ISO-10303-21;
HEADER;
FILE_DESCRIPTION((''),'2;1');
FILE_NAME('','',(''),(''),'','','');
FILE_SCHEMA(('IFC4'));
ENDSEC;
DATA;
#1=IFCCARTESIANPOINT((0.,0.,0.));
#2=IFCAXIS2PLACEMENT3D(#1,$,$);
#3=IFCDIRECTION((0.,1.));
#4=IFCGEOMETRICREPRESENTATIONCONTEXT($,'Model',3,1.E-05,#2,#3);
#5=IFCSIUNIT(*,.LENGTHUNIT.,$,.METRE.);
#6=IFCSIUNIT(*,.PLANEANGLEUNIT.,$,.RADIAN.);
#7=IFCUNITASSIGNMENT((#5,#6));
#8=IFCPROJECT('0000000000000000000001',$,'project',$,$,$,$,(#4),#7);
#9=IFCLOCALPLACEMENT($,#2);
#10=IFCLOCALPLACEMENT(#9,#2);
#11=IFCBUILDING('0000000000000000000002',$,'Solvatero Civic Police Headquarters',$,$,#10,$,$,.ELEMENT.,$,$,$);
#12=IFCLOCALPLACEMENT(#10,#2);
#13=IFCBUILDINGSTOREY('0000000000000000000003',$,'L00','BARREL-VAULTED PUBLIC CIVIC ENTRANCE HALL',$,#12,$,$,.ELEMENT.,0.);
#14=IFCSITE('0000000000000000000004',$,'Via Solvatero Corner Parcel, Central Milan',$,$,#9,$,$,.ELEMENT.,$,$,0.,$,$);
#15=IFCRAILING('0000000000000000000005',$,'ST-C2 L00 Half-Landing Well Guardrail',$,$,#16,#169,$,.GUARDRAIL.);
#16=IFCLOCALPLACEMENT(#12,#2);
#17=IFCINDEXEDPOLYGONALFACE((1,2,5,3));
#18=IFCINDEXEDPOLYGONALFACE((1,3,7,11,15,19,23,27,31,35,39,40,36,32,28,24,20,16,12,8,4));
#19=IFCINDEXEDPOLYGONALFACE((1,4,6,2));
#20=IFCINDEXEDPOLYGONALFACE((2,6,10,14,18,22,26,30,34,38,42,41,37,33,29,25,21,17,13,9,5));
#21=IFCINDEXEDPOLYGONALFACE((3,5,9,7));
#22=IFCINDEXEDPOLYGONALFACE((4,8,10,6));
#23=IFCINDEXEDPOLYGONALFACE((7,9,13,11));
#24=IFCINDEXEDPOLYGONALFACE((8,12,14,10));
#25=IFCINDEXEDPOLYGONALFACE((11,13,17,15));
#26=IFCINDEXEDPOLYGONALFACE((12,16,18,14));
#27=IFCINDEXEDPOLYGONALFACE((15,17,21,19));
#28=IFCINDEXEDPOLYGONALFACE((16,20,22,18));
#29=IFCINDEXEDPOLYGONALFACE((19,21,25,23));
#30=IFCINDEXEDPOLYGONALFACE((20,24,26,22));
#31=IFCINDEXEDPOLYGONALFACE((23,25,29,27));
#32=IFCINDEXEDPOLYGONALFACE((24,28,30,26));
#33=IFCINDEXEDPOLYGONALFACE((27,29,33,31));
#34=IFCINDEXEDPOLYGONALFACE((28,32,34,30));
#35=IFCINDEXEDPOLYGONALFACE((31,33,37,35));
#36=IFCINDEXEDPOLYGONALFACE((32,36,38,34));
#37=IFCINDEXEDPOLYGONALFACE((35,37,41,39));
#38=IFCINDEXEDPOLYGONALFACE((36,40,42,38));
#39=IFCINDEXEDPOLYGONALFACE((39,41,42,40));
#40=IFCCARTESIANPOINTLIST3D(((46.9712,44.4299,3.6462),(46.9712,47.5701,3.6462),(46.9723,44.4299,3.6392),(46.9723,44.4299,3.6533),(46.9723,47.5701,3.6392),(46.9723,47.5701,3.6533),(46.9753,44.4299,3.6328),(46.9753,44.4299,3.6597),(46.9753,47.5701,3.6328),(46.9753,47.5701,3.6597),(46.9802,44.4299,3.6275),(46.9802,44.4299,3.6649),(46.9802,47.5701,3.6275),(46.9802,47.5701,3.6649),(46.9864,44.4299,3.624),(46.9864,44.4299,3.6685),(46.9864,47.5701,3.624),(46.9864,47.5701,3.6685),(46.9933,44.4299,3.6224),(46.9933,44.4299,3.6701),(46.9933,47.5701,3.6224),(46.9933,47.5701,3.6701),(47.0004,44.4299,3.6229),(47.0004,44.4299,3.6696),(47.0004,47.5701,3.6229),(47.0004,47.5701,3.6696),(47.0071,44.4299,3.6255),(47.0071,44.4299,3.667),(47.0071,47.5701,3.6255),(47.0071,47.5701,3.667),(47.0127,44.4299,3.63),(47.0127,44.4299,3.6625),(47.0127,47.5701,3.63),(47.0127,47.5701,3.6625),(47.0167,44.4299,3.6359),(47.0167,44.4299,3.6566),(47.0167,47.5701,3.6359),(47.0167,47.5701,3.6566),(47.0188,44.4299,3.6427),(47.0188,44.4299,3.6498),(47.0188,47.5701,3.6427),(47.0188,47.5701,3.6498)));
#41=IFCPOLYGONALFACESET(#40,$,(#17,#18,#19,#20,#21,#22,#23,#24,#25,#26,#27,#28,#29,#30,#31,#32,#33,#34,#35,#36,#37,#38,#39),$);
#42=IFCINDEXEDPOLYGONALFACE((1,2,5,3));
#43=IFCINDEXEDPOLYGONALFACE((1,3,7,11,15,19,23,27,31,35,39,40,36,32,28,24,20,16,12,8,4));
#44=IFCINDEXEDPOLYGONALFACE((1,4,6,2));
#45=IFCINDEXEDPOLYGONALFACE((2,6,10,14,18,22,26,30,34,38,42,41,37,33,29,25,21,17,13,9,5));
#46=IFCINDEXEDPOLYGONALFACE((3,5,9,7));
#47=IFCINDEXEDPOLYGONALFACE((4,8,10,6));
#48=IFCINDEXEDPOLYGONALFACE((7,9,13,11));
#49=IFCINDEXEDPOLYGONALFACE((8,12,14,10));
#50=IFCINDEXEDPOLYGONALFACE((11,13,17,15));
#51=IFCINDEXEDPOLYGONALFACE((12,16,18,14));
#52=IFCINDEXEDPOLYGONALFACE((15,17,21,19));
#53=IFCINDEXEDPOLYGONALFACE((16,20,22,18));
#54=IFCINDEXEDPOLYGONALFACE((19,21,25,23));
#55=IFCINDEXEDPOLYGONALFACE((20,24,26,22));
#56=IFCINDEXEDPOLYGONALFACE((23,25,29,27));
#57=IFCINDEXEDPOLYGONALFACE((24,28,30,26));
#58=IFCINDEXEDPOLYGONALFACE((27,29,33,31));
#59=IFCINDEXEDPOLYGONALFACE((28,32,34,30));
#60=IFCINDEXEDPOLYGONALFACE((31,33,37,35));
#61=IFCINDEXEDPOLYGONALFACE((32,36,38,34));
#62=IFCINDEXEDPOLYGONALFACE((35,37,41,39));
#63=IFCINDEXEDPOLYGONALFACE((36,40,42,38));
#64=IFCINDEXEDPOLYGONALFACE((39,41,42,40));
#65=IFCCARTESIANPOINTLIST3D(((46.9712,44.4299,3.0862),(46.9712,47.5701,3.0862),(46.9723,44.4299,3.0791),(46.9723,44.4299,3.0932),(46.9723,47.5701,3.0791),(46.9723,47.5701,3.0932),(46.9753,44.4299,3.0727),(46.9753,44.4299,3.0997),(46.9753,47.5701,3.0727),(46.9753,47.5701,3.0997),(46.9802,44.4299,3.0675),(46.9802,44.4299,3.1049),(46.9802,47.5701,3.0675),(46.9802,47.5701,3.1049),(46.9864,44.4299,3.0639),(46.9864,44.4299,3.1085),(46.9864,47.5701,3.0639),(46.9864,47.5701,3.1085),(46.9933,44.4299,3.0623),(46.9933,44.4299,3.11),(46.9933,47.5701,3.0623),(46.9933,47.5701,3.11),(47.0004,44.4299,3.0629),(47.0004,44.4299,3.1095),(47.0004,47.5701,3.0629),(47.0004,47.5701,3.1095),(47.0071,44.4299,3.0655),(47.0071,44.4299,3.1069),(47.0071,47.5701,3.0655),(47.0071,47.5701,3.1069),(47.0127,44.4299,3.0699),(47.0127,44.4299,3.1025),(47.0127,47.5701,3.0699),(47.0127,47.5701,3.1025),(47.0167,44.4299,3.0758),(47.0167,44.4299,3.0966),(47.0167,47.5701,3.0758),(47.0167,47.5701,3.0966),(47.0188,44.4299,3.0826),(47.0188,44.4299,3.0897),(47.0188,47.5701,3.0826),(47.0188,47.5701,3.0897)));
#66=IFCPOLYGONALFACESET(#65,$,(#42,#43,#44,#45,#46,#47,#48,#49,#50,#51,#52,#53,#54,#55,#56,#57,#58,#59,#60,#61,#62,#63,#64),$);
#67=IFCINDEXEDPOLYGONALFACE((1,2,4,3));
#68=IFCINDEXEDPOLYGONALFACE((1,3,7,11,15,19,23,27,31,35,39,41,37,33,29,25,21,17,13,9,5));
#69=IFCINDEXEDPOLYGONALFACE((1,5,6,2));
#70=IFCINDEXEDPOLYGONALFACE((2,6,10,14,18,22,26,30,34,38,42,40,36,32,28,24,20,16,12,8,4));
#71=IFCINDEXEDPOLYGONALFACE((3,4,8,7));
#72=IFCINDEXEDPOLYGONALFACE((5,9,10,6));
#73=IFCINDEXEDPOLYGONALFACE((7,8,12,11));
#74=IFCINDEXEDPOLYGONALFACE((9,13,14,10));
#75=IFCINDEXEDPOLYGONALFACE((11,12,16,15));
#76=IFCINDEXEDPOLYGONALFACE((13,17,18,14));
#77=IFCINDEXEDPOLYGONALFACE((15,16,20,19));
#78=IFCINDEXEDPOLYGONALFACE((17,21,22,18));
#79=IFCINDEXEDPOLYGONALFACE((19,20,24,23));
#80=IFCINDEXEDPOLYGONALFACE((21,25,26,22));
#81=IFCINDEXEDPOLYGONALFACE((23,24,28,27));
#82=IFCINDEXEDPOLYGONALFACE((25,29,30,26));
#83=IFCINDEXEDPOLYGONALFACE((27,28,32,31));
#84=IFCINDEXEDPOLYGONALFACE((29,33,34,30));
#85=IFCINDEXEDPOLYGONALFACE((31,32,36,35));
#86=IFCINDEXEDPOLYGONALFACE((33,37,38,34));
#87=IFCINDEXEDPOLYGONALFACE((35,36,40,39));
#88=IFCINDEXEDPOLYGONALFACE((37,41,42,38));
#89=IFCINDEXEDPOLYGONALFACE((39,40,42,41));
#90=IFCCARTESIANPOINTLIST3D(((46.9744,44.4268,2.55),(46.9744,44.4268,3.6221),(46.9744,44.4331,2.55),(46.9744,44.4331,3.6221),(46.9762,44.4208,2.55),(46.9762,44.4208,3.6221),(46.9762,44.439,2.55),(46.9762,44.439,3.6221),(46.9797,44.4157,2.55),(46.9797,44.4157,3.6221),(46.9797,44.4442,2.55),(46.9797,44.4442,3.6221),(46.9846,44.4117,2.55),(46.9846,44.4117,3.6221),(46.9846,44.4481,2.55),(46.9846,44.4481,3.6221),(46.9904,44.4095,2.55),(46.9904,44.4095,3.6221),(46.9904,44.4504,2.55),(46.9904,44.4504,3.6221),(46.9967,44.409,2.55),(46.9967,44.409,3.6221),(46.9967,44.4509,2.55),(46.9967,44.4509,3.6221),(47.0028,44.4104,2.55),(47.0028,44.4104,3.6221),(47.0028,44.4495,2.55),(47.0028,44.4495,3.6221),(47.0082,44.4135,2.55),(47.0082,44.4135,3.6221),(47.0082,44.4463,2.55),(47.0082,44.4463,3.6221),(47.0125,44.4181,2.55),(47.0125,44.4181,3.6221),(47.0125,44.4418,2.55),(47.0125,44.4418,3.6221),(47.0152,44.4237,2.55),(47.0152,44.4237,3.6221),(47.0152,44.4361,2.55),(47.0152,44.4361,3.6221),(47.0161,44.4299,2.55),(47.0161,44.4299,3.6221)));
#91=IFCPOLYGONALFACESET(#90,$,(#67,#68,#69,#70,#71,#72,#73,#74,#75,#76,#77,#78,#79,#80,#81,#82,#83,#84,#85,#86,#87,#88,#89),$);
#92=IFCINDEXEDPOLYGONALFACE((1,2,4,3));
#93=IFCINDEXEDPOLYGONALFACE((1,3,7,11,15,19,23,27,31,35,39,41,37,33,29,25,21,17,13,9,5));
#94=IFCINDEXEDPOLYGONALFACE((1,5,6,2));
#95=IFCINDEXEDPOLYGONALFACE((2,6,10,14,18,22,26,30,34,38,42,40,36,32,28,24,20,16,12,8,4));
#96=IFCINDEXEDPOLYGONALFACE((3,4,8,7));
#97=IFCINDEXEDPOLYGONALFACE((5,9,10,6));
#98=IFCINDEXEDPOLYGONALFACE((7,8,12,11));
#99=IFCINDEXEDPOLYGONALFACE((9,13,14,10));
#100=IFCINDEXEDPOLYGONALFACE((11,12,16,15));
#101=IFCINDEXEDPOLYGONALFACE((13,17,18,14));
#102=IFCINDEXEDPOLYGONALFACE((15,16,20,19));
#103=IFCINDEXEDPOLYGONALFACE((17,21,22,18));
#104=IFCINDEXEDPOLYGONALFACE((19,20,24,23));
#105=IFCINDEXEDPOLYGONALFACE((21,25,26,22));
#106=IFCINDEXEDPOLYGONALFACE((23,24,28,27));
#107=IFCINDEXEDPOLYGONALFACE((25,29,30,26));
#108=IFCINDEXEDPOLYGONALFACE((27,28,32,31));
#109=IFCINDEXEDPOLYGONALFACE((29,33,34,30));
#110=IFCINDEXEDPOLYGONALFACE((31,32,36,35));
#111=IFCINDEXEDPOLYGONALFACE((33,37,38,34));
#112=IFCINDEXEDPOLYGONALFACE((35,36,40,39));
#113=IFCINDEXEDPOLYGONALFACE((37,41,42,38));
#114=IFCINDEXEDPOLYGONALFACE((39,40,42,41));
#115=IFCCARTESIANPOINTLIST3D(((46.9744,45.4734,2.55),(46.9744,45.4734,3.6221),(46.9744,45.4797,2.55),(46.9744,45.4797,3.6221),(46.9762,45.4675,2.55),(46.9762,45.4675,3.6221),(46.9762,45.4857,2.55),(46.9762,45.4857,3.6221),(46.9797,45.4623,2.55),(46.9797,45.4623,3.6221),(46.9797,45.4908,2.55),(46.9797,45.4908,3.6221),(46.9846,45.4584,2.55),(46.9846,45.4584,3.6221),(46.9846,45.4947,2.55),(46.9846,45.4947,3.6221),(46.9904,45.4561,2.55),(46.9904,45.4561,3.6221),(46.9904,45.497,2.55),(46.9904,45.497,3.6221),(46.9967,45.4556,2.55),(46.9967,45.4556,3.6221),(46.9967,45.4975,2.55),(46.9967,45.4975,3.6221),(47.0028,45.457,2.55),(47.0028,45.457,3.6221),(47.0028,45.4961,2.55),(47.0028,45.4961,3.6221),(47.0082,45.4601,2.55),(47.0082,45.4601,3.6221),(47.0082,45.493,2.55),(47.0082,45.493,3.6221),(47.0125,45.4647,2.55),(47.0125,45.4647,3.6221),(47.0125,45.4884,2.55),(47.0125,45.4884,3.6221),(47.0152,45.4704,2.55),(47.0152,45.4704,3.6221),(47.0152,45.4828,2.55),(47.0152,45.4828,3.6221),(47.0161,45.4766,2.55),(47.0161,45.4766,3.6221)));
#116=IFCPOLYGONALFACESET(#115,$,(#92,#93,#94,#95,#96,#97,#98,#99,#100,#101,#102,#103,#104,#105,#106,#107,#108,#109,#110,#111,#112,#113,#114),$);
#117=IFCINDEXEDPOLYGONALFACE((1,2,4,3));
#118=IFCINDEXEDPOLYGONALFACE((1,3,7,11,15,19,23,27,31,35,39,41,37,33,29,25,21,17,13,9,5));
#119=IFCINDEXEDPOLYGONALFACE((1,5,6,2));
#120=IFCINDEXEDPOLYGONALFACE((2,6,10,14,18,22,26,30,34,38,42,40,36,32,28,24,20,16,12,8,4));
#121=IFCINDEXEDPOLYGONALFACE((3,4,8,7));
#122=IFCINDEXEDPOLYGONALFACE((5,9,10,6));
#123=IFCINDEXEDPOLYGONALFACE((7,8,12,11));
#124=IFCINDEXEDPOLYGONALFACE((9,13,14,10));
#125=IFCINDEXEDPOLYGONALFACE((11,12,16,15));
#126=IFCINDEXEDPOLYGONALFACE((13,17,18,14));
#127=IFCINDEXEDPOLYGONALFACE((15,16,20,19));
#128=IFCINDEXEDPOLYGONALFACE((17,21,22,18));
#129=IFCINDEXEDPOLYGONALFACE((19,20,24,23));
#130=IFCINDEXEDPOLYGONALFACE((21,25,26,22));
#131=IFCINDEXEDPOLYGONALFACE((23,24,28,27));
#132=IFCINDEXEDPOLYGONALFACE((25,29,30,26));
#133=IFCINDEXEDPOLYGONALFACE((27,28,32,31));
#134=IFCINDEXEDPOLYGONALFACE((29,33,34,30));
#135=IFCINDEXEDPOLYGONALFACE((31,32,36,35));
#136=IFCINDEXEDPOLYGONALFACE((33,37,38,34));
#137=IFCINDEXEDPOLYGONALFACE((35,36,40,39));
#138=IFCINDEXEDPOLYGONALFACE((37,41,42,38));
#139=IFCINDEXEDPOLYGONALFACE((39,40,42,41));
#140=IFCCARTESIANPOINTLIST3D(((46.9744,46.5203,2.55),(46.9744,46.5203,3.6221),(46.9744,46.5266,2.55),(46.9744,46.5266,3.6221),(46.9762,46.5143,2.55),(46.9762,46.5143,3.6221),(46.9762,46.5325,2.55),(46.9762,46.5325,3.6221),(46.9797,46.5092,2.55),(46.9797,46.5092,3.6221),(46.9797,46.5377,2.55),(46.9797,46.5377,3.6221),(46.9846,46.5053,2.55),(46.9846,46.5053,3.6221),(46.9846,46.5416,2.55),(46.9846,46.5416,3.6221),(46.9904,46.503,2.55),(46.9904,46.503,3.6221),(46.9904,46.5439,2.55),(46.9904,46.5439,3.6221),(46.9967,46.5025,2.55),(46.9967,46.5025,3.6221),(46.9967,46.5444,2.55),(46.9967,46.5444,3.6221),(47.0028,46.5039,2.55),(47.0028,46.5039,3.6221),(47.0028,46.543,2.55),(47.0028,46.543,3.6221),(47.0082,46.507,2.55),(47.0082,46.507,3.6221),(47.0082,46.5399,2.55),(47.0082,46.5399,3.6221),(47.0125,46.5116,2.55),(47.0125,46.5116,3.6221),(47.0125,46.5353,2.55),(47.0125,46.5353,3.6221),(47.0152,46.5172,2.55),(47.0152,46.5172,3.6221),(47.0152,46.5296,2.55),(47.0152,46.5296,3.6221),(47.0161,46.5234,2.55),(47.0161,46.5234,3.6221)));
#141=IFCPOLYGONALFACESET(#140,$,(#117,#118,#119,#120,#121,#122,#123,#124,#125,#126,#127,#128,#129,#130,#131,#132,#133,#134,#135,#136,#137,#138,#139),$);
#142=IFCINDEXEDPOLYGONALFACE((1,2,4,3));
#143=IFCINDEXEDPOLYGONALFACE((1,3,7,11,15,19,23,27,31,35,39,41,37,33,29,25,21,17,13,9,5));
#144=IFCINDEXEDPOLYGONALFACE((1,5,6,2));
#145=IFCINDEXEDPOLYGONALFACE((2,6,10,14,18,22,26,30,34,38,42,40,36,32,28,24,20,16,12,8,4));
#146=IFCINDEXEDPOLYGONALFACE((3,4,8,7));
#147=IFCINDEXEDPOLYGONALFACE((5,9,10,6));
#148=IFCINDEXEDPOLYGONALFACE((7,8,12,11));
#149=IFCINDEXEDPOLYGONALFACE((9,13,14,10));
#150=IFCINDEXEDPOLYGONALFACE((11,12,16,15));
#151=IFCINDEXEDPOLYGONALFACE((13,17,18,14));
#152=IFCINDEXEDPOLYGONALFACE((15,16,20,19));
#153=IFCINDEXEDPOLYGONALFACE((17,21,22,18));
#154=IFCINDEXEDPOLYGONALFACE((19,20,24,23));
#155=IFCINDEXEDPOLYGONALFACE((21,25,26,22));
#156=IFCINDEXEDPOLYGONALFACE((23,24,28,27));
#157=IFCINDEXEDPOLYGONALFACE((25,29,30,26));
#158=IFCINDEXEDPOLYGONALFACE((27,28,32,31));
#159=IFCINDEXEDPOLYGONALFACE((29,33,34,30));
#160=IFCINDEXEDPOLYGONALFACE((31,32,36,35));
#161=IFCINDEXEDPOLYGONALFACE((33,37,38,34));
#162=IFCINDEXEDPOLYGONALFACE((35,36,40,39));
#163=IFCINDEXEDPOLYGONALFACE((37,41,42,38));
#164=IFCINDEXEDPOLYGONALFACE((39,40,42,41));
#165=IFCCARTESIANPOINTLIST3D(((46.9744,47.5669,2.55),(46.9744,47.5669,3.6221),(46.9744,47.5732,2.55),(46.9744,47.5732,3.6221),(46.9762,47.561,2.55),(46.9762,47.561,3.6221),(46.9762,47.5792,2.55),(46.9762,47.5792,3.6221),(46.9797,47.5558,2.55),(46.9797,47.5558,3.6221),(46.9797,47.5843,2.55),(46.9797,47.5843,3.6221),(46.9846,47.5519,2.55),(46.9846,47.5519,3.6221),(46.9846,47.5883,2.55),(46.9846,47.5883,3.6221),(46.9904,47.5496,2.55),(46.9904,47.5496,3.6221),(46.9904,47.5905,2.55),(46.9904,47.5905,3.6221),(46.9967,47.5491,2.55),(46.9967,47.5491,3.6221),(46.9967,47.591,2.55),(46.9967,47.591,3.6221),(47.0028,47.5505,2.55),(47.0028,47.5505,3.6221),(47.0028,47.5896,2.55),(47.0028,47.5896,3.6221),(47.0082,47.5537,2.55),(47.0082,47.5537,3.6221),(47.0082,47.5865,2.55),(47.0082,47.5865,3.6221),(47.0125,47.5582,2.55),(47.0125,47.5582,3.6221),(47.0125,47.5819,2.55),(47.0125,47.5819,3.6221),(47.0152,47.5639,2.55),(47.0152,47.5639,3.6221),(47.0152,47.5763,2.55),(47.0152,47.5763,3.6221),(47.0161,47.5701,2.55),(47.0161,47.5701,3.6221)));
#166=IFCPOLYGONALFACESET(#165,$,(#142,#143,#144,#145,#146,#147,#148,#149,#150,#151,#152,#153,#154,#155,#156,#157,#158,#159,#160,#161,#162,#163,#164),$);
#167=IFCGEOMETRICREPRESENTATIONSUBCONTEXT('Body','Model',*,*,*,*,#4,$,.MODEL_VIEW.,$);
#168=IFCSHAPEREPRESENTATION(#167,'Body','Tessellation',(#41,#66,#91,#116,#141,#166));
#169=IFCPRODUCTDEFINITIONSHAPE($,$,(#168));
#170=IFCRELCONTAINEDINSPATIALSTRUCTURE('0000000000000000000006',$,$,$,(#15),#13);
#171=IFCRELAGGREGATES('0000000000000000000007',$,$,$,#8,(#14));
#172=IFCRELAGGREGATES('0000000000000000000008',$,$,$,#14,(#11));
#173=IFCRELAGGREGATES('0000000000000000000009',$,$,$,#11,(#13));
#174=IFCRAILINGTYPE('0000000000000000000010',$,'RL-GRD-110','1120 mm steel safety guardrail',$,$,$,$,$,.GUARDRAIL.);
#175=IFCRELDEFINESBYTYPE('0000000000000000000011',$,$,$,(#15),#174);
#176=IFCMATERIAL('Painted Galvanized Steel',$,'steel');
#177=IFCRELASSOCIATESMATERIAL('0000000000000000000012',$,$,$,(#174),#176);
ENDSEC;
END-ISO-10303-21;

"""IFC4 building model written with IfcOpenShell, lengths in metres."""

from ifc_helpers import new_model, si_unit, direction, frame, origin, origin_2d, place, context, subcontext, project, spatial, circle, extrude, material, type_object, element, save


model = new_model("IFC4")

# Units and contexts
model_context = context("Model", 3, precision=1e-05, world=origin(), true_north=direction((0.0, 1.0)))
body_context = subcontext(model_context, "Body", "Model", "MODEL_VIEW")
ifc_project = project(units=[si_unit("LENGTHUNIT", "METRE"), si_unit("PLANEANGLEUNIT", "RADIAN")], contexts=[model_context])

# Site, building, storey
site_placement = place(None, origin())
site = spatial("IfcSite", under=ifc_project, at=site_placement, Name="Via Solvatero Corner Parcel, Central Milan", CompositionType="ELEMENT", RefElevation=0.0)
building_placement = place(site_placement, origin())
building = spatial("IfcBuilding", under=site, at=building_placement, Name="Solvatero Civic Police Headquarters", CompositionType="ELEMENT")
storey_placement = place(building_placement, origin())
storey = spatial("IfcBuildingStorey", under=building, at=storey_placement, Name="L00", Description="BARREL-VAULTED PUBLIC CIVIC ENTRANCE HALL", CompositionType="ELEMENT", Elevation=0.0)

# Railing
ifc_material_1 = material(Name="Painted Galvanized Steel", Category="steel")
railing_type_1 = type_object("IfcRailingType", Name="RL-GRD-110", Description="1120 mm steel safety guardrail", PredefinedType="GUARDRAIL", material=ifc_material_1)
railing_1_placement = place(storey_placement, frame((46.9951, 44.4299, 2.55)))
element("IfcRailing", 1, at=railing_1_placement, inside=storey, type_object=railing_type_1, Name="ST-C2 L00 Half-Landing Well Guardrail", PredefinedType="GUARDRAIL", context=body_context, shape_type="SweptSolid", body=[
    extrude(circle(Radius=0.0239, at=origin_2d()), frame((0.0, 0.0, 1.0962), z_axis=(0.0, 1.0, 0.0), x_axis=(-1.0, 0.0, 0.0)), (0.0, 0.0, 1.0), 3.1401),
    extrude(circle(Radius=0.0239, at=origin_2d()), frame((0.0, 0.0, 0.5361), z_axis=(0.0, 1.0, 0.0), x_axis=(-1.0, 0.0, 0.0)), (0.0, 0.0, 1.0), 3.1401),
    extrude(circle(Radius=0.021, at=origin_2d()), origin(), (0.0, 0.0, 1.0), 1.072),
    extrude(circle(Radius=0.021, at=origin_2d()), frame((0.0, 1.0466, 0.0)), (0.0, 0.0, 1.0), 1.072),
    extrude(circle(Radius=0.021, at=origin_2d()), frame((0.0, 2.0935, 0.0)), (0.0, 0.0, 1.0), 1.072),
    extrude(circle(Radius=0.021, at=origin_2d()), frame((0.0, 3.1401, 0.0)), (0.0, 0.0, 1.0), 1.072),
])

save(model, "model.ifc")
